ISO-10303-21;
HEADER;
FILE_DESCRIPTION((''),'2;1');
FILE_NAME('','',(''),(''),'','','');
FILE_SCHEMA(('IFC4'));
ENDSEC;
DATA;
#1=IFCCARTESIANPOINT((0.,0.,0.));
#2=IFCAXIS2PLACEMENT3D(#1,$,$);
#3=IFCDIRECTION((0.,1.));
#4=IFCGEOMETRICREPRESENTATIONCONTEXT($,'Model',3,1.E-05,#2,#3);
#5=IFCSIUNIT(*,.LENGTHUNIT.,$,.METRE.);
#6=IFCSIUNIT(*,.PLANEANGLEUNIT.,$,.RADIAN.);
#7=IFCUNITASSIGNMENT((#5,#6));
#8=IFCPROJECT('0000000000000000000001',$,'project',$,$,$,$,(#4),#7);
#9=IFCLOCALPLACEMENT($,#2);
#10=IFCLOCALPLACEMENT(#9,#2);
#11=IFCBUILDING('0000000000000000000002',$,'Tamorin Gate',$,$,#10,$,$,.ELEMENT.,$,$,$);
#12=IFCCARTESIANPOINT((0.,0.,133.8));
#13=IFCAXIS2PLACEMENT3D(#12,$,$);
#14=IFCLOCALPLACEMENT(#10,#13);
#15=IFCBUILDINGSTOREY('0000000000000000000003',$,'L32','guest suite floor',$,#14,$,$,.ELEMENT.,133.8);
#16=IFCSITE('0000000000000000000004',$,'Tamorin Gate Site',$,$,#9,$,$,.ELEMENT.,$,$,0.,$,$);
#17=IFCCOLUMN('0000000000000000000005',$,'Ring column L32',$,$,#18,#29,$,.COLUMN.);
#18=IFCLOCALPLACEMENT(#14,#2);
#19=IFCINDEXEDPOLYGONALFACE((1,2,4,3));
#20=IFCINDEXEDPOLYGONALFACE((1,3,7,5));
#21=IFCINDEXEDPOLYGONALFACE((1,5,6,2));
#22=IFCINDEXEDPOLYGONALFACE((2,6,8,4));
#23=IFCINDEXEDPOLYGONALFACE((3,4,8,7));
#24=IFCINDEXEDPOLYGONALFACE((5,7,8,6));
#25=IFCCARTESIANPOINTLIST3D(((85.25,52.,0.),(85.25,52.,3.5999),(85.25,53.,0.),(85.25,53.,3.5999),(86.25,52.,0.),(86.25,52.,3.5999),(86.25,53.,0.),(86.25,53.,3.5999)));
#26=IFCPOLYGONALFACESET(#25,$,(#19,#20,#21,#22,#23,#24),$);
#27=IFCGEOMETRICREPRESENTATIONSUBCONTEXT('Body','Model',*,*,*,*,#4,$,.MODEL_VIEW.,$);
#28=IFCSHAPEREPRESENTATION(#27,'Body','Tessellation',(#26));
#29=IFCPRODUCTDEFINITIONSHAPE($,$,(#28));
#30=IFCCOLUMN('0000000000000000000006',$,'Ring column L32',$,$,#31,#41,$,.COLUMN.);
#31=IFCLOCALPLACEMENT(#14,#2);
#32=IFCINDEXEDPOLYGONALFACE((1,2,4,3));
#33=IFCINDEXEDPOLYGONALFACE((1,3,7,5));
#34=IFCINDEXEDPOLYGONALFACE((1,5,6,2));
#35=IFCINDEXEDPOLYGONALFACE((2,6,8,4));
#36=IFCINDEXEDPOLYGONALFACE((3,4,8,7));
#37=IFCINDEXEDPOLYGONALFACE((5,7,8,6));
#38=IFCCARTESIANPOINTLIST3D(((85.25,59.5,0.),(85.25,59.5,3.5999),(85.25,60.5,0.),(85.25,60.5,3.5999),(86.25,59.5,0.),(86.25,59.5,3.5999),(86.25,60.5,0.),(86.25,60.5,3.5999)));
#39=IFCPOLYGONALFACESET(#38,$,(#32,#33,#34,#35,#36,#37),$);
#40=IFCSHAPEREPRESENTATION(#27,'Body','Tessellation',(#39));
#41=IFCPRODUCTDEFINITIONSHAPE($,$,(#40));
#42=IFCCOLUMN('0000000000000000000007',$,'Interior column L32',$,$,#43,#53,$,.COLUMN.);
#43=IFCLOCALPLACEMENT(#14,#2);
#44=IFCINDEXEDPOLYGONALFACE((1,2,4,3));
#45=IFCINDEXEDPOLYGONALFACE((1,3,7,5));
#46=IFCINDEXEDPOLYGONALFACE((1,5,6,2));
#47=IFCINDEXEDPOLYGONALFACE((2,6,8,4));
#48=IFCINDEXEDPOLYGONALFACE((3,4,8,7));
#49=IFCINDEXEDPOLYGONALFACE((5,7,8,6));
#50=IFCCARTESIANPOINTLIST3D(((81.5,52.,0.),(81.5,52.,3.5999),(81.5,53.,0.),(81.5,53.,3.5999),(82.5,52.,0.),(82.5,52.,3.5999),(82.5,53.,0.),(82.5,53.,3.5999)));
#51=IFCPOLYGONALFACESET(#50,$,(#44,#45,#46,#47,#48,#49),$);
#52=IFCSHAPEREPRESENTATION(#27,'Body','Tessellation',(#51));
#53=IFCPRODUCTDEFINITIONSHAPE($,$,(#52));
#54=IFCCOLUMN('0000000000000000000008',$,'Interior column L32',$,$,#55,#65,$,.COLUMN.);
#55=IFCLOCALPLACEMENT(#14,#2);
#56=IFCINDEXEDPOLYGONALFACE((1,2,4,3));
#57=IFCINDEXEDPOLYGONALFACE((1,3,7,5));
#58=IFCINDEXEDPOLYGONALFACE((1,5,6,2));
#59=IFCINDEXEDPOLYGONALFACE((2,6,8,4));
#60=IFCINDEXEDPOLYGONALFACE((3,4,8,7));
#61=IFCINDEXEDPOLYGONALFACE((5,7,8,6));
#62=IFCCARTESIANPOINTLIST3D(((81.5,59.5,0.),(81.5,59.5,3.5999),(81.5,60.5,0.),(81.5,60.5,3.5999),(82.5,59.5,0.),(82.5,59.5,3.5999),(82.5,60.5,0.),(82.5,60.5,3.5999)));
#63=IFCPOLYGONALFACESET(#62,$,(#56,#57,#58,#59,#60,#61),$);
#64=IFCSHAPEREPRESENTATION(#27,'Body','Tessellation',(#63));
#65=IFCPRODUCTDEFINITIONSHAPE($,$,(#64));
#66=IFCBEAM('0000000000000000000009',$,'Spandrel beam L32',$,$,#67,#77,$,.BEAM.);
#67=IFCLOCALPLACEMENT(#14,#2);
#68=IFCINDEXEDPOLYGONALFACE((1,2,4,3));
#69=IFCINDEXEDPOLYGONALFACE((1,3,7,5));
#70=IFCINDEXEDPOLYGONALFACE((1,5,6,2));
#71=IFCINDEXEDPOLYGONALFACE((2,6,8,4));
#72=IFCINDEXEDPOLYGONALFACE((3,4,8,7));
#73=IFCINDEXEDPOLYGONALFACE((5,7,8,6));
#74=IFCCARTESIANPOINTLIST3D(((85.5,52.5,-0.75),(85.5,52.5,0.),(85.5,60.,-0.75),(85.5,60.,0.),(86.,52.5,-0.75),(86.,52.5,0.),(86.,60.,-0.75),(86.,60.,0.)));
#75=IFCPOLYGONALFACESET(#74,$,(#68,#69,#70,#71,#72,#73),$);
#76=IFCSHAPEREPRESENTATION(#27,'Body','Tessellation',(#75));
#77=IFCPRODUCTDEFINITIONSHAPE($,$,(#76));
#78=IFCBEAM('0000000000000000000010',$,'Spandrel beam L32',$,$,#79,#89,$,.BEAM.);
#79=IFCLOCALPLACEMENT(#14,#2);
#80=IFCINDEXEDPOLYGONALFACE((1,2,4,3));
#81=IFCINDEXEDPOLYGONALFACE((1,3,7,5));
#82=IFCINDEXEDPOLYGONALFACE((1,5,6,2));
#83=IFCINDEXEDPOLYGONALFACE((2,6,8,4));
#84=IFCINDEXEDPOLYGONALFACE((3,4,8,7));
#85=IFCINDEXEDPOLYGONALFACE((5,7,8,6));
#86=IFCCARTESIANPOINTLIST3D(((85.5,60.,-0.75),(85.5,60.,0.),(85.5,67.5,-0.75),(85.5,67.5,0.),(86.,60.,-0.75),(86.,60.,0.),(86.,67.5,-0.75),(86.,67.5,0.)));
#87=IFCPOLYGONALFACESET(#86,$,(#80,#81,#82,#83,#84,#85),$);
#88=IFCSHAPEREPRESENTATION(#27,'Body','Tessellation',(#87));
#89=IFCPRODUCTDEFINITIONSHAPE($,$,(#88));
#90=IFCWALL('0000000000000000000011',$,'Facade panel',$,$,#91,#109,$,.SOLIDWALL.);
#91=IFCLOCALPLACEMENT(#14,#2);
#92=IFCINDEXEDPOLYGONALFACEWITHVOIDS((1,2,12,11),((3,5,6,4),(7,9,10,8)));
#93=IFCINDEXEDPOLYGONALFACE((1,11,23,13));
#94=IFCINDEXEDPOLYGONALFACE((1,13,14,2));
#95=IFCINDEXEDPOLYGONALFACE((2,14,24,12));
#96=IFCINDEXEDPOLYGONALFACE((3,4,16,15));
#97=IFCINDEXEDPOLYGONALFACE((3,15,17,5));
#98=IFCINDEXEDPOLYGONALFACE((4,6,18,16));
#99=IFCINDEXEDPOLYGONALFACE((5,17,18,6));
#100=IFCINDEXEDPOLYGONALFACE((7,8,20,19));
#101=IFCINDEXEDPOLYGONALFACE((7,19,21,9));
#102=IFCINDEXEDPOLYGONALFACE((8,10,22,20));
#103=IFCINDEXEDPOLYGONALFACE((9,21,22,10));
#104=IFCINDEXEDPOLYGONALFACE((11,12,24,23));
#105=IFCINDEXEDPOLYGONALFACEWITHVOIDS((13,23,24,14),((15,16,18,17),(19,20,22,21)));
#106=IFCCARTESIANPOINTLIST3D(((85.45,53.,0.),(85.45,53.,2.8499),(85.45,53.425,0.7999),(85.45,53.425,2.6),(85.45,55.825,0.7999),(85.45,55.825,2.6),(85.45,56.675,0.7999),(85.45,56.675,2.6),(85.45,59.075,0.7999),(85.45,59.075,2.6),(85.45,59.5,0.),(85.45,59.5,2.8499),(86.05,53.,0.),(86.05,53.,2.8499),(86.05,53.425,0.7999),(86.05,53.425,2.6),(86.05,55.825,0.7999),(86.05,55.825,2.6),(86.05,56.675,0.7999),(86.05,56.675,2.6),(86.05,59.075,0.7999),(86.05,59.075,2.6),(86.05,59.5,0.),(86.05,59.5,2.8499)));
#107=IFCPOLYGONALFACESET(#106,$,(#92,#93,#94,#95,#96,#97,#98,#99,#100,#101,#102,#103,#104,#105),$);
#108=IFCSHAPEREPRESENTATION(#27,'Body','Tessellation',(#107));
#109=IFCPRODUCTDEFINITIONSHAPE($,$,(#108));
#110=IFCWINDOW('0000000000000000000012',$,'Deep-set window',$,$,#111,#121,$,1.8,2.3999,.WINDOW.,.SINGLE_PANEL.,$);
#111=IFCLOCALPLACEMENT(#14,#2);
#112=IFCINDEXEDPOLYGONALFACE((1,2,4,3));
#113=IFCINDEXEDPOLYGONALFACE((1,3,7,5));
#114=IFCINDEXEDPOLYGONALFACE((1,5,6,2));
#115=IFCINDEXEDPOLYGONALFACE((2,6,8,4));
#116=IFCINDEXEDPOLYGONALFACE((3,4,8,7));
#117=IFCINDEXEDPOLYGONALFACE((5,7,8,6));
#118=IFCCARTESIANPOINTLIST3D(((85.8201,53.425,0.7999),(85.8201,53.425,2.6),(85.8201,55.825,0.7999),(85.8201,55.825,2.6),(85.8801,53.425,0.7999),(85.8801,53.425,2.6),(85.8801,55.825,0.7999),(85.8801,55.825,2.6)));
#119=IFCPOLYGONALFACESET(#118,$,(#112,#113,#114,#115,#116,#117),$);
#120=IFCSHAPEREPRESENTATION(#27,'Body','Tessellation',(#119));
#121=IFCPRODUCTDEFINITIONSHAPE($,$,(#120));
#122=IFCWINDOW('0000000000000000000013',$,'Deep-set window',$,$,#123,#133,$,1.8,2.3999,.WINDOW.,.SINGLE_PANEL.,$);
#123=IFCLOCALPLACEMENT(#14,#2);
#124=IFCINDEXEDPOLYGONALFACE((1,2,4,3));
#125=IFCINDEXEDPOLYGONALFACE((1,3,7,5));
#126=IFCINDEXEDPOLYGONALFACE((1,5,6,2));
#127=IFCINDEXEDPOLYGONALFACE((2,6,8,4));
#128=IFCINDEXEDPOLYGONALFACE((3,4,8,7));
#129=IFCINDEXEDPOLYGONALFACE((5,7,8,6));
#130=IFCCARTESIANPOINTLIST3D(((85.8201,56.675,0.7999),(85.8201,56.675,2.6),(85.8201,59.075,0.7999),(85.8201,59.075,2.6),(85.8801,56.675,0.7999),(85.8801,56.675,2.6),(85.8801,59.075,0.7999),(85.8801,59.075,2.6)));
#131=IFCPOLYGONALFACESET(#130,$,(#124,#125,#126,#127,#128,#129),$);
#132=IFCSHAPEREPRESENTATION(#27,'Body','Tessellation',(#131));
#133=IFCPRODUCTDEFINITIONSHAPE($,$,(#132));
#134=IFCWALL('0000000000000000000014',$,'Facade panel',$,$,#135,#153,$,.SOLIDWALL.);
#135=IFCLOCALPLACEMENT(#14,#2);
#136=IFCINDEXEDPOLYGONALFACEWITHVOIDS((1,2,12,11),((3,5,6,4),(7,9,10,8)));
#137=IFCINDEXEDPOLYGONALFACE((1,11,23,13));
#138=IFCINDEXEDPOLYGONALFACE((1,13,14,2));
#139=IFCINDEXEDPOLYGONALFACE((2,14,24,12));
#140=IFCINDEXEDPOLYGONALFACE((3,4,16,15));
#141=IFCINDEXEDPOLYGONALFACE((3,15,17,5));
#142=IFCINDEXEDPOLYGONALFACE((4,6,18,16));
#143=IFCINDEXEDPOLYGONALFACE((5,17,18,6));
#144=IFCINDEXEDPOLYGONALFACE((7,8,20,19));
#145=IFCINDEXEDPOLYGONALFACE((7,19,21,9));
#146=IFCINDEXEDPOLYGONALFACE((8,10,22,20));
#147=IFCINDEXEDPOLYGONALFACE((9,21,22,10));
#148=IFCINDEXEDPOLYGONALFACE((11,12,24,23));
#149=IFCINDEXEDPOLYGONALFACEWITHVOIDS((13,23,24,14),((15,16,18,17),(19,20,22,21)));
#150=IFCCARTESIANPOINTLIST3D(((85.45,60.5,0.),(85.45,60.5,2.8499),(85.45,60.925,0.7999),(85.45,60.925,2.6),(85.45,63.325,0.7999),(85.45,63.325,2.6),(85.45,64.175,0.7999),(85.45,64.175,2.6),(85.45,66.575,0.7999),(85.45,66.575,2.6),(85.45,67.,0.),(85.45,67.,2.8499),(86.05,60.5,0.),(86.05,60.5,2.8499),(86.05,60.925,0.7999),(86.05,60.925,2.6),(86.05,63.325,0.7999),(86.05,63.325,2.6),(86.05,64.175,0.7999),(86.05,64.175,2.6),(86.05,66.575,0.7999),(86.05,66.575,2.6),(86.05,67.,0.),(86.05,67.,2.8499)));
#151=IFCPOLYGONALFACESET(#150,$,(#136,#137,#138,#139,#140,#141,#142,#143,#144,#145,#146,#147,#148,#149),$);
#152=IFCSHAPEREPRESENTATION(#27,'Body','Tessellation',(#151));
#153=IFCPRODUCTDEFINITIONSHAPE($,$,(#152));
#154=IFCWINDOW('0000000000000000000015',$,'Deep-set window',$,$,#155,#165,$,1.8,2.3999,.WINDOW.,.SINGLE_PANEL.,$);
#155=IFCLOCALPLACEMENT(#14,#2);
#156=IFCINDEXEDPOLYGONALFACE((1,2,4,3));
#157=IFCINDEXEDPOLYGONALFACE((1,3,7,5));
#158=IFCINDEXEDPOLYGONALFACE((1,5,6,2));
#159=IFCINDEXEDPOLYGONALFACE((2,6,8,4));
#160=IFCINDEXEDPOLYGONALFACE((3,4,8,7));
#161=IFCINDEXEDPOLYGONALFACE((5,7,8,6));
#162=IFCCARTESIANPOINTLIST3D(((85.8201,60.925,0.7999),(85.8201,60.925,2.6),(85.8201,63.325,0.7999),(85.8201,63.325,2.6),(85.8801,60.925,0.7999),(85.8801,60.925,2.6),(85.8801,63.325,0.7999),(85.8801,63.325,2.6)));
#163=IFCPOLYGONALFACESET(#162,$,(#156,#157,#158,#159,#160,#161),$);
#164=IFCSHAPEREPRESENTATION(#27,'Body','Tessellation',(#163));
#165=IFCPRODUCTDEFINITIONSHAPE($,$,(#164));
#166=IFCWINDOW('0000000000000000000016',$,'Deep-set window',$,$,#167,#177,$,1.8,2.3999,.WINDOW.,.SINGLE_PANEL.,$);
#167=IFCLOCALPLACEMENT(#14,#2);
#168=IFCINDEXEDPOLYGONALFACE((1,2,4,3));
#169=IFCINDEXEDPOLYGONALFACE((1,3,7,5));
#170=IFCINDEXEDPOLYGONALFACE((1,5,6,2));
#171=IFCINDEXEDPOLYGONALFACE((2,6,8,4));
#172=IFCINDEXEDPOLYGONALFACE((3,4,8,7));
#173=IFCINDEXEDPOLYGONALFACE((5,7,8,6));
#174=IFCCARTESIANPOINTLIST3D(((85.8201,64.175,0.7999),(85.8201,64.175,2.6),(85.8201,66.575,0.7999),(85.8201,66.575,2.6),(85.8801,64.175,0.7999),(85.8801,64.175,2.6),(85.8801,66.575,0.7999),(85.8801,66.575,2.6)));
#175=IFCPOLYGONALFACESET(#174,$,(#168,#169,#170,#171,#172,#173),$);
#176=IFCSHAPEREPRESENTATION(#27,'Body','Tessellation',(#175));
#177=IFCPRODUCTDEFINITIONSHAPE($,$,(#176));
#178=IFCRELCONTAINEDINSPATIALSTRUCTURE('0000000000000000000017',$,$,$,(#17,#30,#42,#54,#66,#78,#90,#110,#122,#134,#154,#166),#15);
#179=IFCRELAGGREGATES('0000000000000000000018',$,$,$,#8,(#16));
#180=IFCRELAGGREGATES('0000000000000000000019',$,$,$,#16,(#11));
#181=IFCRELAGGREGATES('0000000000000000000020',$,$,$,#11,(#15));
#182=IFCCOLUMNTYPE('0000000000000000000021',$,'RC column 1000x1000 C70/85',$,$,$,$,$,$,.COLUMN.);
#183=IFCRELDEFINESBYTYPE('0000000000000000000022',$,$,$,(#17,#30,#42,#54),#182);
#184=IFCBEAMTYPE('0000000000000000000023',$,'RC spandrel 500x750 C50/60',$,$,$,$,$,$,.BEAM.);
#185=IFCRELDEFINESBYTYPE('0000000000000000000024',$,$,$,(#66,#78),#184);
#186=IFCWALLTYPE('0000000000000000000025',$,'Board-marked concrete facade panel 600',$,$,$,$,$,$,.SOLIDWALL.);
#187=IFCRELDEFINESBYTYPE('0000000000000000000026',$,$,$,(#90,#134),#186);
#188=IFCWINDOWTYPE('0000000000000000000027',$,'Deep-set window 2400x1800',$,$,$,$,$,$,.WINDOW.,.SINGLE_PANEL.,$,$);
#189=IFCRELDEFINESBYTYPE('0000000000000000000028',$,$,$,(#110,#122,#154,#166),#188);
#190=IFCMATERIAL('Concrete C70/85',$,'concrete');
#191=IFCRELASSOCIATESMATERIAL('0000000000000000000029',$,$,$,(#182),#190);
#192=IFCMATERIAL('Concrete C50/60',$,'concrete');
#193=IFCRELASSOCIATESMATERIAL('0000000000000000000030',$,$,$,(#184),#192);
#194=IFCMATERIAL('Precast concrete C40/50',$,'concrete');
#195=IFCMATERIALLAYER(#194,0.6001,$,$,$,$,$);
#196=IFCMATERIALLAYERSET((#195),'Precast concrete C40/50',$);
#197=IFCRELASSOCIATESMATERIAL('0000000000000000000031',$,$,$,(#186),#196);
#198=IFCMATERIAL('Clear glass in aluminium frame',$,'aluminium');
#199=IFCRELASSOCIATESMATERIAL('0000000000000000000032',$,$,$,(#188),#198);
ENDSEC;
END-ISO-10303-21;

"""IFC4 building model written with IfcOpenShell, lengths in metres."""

from ifc_helpers import new_model, si_unit, direction, frame, frame_2d, origin, origin_2d, place, context, subcontext, project, spatial, rectangle, extrude, material, layer, layer_set, material_profile, profile_set, type_object, element, fill, save


model = new_model("IFC4")

# Units and contexts
model_context = context("Model", 3, precision=1e-05, world=origin(), true_north=direction((0.0, 1.0)))
body_context = subcontext(model_context, "Body", "Model", "MODEL_VIEW")
ifc_project = project(units=[si_unit("LENGTHUNIT", "METRE"), si_unit("PLANEANGLEUNIT", "RADIAN")], contexts=[model_context])

# Site, building, storey
site_placement = place(None, origin())
site = spatial("IfcSite", under=ifc_project, at=site_placement, Name="Tamorin Gate Site", CompositionType="ELEMENT", RefElevation=0.0)
building_placement = place(site_placement, origin())
building = spatial("IfcBuilding", under=site, at=building_placement, Name="Tamorin Gate", CompositionType="ELEMENT")
storey_placement = place(building_placement, frame((0.0, 0.0, 133.8)))
storey = spatial("IfcBuildingStorey", under=building, at=storey_placement, Name="L32", Description="guest suite floor", CompositionType="ELEMENT", Elevation=133.8)

# Columns
ifc_material_1 = material(Name="Concrete C70/85", Category="concrete")
ifc_material_profile_1 = material_profile(ifc_material_1, rectangle(XDim=1.0, YDim=1.0, at=origin_2d()), Name="RC 1000x1000")
ifc_profile_set_1 = profile_set([ifc_material_profile_1], Name="Concrete C70/85")
column_type = type_object("IfcColumnType", Name="RC column 1000x1000 C70/85", PredefinedType="COLUMN", material=ifc_profile_set_1)
for number, where, z_axis, x_axis, name in (
    (1, (85.75, 52.5, 0.0), (0.0, 0.0, 1.0), (1.0, 0.0, 0.0), "Ring column L32"),
    (2, (85.75, 60.0, 0.0), (0.0, 0.0, 1.0), (1.0, 0.0, 0.0), "Ring column L32"),
    (3, (82.0, 52.5, 0.0), (0.0, 0.0, 1.0), (1.0, 0.0, 0.0), "Interior column L32"),
    (4, (82.0, 60.0, 0.0), (0.0, 0.0, 1.0), (1.0, 0.0, 0.0), "Interior column L32"),
):
    element("IfcColumn", number, at=place(storey_placement, frame(where, z_axis=z_axis, x_axis=x_axis)), inside=storey, type_object=column_type, Name=name, PredefinedType="COLUMN", context=body_context, shape_type="SweptSolid", body=[
        extrude(rectangle(XDim=1.0, YDim=1.0, at=origin_2d()), origin(), (0.0, 0.0, 1.0), 3.5999),
    ])

# Beams
ifc_material_2 = material(Name="Concrete C50/60", Category="concrete")
ifc_material_profile_2 = material_profile(ifc_material_2, rectangle(XDim=0.5, YDim=0.75, at=origin_2d()), Name="RC 500x750")
ifc_profile_set_2 = profile_set([ifc_material_profile_2], Name="Concrete C50/60")
beam_type = type_object("IfcBeamType", Name="RC spandrel 500x750 C50/60", PredefinedType="BEAM", material=ifc_profile_set_2)
for number, where, z_axis, x_axis, name in (
    (5, (85.75, 52.5, -0.375), (0.0, 1.0, 0.0), (-1.0, 0.0, 0.0), "Spandrel beam L32"),
    (6, (85.75, 60.0, -0.375), (0.0, 1.0, 0.0), (-1.0, 0.0, 0.0), "Spandrel beam L32"),
):
    element("IfcBeam", number, at=place(storey_placement, frame(where, z_axis=z_axis, x_axis=x_axis)), inside=storey, type_object=beam_type, Name=name, PredefinedType="BEAM", context=body_context, shape_type="SweptSolid", body=[
        extrude(rectangle(XDim=0.5, YDim=0.75, at=origin_2d()), origin(), (0.0, 0.0, 1.0), 7.5),
    ])

# Walls, openings, windows
ifc_material_3 = material(Name="Precast concrete C40/50", Category="concrete")
ifc_layer_1 = layer(ifc_material_3, 0.6001)
ifc_layer_set_1 = layer_set([ifc_layer_1], Name="Precast concrete C40/50")
wall_type_1 = type_object("IfcWallType", Name="Board-marked concrete facade panel 600", PredefinedType="SOLIDWALL", material=ifc_layer_set_1)
wall_1_placement = place(storey_placement, frame((85.75, 53.0, 0.0), z_axis=(0.0, 0.0, 1.0), x_axis=(0.0, 1.0, 0.0)))
wall_1 = element("IfcWall", 7, at=wall_1_placement, inside=storey, type_object=wall_type_1, Name="Facade panel", PredefinedType="SOLIDWALL", context=body_context, shape_type="SweptSolid", body=[
    extrude(rectangle(XDim=6.5, YDim=0.6001, at=frame_2d((3.25, 0.0))), origin(), (0.0, 0.0, 1.0), 2.8499),
])
opening_1_placement = place(wall_1_placement, frame((0.425, 0.0, 0.8)))
opening_1 = element("IfcOpeningElement", 8, at=opening_1_placement, cuts=wall_1, PredefinedType="OPENING", context=body_context, shape_type="SweptSolid", body=[
    extrude(rectangle(XDim=2.3999, YDim=1.8, at=frame_2d((1.2, 0.8999))), frame((0.0, 0.3101, 0.0), z_axis=(0.0, -1.0, 0.0), x_axis=(1.0, 0.0, 0.0)), (0.0, 0.0, 1.0), 0.6201),
])
opening_2_placement = place(wall_1_placement, frame((3.675, 0.0, 0.8)))
opening_2 = element("IfcOpeningElement", 9, at=opening_2_placement, cuts=wall_1, PredefinedType="OPENING", context=body_context, shape_type="SweptSolid", body=[
    extrude(rectangle(XDim=2.3999, YDim=1.8, at=frame_2d((1.2, 0.8999))), frame((0.0, 0.3101, 0.0), z_axis=(0.0, -1.0, 0.0), x_axis=(1.0, 0.0, 0.0)), (0.0, 0.0, 1.0), 0.6201),
])
ifc_material_4 = material(Name="Clear glass in aluminium frame", Category="aluminium")
window_type = type_object("IfcWindowType", Name="Deep-set window 2400x1800", PartitioningType="SINGLE_PANEL", PredefinedType="WINDOW", material=ifc_material_4)
window_1_placement = place(opening_1_placement, origin())
window_1 = element("IfcWindow", 10, at=window_1_placement, inside=storey, type_object=window_type, Name="Deep-set window", OverallHeight=1.8, OverallWidth=2.3999, PartitioningType="SINGLE_PANEL", PredefinedType="WINDOW", context=body_context, shape_type="SweptSolid", body=[
    extrude(rectangle(XDim=2.3999, YDim=1.8, at=frame_2d((1.2, 0.8999))), frame((0.0, -0.0701, 0.0), z_axis=(0.0, -1.0, 0.0), x_axis=(1.0, 0.0, 0.0)), (0.0, 0.0, 1.0), 0.0601),
])
fill(opening_1, window_1)
window_2_placement = place(opening_2_placement, origin())
window_2 = element("IfcWindow", 11, at=window_2_placement, inside=storey, type_object=window_type, Name="Deep-set window", OverallHeight=1.8, OverallWidth=2.3999, PartitioningType="SINGLE_PANEL", PredefinedType="WINDOW", context=body_context, shape_type="SweptSolid", body=[
    extrude(rectangle(XDim=2.3999, YDim=1.8, at=frame_2d((1.2, 0.8999))), frame((0.0, -0.0701, 0.0), z_axis=(0.0, -1.0, 0.0), x_axis=(1.0, 0.0, 0.0)), (0.0, 0.0, 1.0), 0.0601),
])
fill(opening_2, window_2)
wall_2_placement = place(storey_placement, frame((85.75, 60.5, 0.0), z_axis=(0.0, 0.0, 1.0), x_axis=(0.0, 1.0, 0.0)))
wall_2 = element("IfcWall", 12, at=wall_2_placement, inside=storey, type_object=wall_type_1, Name="Facade panel", PredefinedType="SOLIDWALL", context=body_context, shape_type="SweptSolid", body=[
    extrude(rectangle(XDim=6.5, YDim=0.6001, at=frame_2d((3.25, 0.0))), origin(), (0.0, 0.0, 1.0), 2.8499),
])
opening_3_placement = place(wall_2_placement, frame((0.425, 0.0, 0.8)))
opening_3 = element("IfcOpeningElement", 13, at=opening_3_placement, cuts=wall_2, PredefinedType="OPENING", context=body_context, shape_type="SweptSolid", body=[
    extrude(rectangle(XDim=2.3999, YDim=1.8, at=frame_2d((1.2, 0.8999))), frame((0.0, 0.3101, 0.0), z_axis=(0.0, -1.0, 0.0), x_axis=(1.0, 0.0, 0.0)), (0.0, 0.0, 1.0), 0.6201),
])
opening_4_placement = place(wall_2_placement, frame((3.675, 0.0, 0.8)))
opening_4 = element("IfcOpeningElement", 14, at=opening_4_placement, cuts=wall_2, PredefinedType="OPENING", context=body_context, shape_type="SweptSolid", body=[
    extrude(rectangle(XDim=2.3999, YDim=1.8, at=frame_2d((1.2, 0.8999))), frame((0.0, 0.3101, 0.0), z_axis=(0.0, -1.0, 0.0), x_axis=(1.0, 0.0, 0.0)), (0.0, 0.0, 1.0), 0.6201),
])
window_3_placement = place(opening_3_placement, origin())
window_3 = element("IfcWindow", 15, at=window_3_placement, inside=storey, type_object=window_type, Name="Deep-set window", OverallHeight=1.8, OverallWidth=2.3999, PartitioningType="SINGLE_PANEL", PredefinedType="WINDOW", context=body_context, shape_type="SweptSolid", body=[
    extrude(rectangle(XDim=2.3999, YDim=1.8, at=frame_2d((1.2, 0.8999))), frame((0.0, -0.0701, 0.0), z_axis=(0.0, -1.0, 0.0), x_axis=(1.0, 0.0, 0.0)), (0.0, 0.0, 1.0), 0.0601),
])
fill(opening_3, window_3)
window_4_placement = place(opening_4_placement, origin())
window_4 = element("IfcWindow", 16, at=window_4_placement, inside=storey, type_object=window_type, Name="Deep-set window", OverallHeight=1.8, OverallWidth=2.3999, PartitioningType="SINGLE_PANEL", PredefinedType="WINDOW", context=body_context, shape_type="SweptSolid", body=[
    extrude(rectangle(XDim=2.3999, YDim=1.8, at=frame_2d((1.2, 0.8999))), frame((0.0, -0.0701, 0.0), z_axis=(0.0, -1.0, 0.0), x_axis=(1.0, 0.0, 0.0)), (0.0, 0.0, 1.0), 0.0601),
])
fill(opening_4, window_4)

save(model, "model.ifc")
